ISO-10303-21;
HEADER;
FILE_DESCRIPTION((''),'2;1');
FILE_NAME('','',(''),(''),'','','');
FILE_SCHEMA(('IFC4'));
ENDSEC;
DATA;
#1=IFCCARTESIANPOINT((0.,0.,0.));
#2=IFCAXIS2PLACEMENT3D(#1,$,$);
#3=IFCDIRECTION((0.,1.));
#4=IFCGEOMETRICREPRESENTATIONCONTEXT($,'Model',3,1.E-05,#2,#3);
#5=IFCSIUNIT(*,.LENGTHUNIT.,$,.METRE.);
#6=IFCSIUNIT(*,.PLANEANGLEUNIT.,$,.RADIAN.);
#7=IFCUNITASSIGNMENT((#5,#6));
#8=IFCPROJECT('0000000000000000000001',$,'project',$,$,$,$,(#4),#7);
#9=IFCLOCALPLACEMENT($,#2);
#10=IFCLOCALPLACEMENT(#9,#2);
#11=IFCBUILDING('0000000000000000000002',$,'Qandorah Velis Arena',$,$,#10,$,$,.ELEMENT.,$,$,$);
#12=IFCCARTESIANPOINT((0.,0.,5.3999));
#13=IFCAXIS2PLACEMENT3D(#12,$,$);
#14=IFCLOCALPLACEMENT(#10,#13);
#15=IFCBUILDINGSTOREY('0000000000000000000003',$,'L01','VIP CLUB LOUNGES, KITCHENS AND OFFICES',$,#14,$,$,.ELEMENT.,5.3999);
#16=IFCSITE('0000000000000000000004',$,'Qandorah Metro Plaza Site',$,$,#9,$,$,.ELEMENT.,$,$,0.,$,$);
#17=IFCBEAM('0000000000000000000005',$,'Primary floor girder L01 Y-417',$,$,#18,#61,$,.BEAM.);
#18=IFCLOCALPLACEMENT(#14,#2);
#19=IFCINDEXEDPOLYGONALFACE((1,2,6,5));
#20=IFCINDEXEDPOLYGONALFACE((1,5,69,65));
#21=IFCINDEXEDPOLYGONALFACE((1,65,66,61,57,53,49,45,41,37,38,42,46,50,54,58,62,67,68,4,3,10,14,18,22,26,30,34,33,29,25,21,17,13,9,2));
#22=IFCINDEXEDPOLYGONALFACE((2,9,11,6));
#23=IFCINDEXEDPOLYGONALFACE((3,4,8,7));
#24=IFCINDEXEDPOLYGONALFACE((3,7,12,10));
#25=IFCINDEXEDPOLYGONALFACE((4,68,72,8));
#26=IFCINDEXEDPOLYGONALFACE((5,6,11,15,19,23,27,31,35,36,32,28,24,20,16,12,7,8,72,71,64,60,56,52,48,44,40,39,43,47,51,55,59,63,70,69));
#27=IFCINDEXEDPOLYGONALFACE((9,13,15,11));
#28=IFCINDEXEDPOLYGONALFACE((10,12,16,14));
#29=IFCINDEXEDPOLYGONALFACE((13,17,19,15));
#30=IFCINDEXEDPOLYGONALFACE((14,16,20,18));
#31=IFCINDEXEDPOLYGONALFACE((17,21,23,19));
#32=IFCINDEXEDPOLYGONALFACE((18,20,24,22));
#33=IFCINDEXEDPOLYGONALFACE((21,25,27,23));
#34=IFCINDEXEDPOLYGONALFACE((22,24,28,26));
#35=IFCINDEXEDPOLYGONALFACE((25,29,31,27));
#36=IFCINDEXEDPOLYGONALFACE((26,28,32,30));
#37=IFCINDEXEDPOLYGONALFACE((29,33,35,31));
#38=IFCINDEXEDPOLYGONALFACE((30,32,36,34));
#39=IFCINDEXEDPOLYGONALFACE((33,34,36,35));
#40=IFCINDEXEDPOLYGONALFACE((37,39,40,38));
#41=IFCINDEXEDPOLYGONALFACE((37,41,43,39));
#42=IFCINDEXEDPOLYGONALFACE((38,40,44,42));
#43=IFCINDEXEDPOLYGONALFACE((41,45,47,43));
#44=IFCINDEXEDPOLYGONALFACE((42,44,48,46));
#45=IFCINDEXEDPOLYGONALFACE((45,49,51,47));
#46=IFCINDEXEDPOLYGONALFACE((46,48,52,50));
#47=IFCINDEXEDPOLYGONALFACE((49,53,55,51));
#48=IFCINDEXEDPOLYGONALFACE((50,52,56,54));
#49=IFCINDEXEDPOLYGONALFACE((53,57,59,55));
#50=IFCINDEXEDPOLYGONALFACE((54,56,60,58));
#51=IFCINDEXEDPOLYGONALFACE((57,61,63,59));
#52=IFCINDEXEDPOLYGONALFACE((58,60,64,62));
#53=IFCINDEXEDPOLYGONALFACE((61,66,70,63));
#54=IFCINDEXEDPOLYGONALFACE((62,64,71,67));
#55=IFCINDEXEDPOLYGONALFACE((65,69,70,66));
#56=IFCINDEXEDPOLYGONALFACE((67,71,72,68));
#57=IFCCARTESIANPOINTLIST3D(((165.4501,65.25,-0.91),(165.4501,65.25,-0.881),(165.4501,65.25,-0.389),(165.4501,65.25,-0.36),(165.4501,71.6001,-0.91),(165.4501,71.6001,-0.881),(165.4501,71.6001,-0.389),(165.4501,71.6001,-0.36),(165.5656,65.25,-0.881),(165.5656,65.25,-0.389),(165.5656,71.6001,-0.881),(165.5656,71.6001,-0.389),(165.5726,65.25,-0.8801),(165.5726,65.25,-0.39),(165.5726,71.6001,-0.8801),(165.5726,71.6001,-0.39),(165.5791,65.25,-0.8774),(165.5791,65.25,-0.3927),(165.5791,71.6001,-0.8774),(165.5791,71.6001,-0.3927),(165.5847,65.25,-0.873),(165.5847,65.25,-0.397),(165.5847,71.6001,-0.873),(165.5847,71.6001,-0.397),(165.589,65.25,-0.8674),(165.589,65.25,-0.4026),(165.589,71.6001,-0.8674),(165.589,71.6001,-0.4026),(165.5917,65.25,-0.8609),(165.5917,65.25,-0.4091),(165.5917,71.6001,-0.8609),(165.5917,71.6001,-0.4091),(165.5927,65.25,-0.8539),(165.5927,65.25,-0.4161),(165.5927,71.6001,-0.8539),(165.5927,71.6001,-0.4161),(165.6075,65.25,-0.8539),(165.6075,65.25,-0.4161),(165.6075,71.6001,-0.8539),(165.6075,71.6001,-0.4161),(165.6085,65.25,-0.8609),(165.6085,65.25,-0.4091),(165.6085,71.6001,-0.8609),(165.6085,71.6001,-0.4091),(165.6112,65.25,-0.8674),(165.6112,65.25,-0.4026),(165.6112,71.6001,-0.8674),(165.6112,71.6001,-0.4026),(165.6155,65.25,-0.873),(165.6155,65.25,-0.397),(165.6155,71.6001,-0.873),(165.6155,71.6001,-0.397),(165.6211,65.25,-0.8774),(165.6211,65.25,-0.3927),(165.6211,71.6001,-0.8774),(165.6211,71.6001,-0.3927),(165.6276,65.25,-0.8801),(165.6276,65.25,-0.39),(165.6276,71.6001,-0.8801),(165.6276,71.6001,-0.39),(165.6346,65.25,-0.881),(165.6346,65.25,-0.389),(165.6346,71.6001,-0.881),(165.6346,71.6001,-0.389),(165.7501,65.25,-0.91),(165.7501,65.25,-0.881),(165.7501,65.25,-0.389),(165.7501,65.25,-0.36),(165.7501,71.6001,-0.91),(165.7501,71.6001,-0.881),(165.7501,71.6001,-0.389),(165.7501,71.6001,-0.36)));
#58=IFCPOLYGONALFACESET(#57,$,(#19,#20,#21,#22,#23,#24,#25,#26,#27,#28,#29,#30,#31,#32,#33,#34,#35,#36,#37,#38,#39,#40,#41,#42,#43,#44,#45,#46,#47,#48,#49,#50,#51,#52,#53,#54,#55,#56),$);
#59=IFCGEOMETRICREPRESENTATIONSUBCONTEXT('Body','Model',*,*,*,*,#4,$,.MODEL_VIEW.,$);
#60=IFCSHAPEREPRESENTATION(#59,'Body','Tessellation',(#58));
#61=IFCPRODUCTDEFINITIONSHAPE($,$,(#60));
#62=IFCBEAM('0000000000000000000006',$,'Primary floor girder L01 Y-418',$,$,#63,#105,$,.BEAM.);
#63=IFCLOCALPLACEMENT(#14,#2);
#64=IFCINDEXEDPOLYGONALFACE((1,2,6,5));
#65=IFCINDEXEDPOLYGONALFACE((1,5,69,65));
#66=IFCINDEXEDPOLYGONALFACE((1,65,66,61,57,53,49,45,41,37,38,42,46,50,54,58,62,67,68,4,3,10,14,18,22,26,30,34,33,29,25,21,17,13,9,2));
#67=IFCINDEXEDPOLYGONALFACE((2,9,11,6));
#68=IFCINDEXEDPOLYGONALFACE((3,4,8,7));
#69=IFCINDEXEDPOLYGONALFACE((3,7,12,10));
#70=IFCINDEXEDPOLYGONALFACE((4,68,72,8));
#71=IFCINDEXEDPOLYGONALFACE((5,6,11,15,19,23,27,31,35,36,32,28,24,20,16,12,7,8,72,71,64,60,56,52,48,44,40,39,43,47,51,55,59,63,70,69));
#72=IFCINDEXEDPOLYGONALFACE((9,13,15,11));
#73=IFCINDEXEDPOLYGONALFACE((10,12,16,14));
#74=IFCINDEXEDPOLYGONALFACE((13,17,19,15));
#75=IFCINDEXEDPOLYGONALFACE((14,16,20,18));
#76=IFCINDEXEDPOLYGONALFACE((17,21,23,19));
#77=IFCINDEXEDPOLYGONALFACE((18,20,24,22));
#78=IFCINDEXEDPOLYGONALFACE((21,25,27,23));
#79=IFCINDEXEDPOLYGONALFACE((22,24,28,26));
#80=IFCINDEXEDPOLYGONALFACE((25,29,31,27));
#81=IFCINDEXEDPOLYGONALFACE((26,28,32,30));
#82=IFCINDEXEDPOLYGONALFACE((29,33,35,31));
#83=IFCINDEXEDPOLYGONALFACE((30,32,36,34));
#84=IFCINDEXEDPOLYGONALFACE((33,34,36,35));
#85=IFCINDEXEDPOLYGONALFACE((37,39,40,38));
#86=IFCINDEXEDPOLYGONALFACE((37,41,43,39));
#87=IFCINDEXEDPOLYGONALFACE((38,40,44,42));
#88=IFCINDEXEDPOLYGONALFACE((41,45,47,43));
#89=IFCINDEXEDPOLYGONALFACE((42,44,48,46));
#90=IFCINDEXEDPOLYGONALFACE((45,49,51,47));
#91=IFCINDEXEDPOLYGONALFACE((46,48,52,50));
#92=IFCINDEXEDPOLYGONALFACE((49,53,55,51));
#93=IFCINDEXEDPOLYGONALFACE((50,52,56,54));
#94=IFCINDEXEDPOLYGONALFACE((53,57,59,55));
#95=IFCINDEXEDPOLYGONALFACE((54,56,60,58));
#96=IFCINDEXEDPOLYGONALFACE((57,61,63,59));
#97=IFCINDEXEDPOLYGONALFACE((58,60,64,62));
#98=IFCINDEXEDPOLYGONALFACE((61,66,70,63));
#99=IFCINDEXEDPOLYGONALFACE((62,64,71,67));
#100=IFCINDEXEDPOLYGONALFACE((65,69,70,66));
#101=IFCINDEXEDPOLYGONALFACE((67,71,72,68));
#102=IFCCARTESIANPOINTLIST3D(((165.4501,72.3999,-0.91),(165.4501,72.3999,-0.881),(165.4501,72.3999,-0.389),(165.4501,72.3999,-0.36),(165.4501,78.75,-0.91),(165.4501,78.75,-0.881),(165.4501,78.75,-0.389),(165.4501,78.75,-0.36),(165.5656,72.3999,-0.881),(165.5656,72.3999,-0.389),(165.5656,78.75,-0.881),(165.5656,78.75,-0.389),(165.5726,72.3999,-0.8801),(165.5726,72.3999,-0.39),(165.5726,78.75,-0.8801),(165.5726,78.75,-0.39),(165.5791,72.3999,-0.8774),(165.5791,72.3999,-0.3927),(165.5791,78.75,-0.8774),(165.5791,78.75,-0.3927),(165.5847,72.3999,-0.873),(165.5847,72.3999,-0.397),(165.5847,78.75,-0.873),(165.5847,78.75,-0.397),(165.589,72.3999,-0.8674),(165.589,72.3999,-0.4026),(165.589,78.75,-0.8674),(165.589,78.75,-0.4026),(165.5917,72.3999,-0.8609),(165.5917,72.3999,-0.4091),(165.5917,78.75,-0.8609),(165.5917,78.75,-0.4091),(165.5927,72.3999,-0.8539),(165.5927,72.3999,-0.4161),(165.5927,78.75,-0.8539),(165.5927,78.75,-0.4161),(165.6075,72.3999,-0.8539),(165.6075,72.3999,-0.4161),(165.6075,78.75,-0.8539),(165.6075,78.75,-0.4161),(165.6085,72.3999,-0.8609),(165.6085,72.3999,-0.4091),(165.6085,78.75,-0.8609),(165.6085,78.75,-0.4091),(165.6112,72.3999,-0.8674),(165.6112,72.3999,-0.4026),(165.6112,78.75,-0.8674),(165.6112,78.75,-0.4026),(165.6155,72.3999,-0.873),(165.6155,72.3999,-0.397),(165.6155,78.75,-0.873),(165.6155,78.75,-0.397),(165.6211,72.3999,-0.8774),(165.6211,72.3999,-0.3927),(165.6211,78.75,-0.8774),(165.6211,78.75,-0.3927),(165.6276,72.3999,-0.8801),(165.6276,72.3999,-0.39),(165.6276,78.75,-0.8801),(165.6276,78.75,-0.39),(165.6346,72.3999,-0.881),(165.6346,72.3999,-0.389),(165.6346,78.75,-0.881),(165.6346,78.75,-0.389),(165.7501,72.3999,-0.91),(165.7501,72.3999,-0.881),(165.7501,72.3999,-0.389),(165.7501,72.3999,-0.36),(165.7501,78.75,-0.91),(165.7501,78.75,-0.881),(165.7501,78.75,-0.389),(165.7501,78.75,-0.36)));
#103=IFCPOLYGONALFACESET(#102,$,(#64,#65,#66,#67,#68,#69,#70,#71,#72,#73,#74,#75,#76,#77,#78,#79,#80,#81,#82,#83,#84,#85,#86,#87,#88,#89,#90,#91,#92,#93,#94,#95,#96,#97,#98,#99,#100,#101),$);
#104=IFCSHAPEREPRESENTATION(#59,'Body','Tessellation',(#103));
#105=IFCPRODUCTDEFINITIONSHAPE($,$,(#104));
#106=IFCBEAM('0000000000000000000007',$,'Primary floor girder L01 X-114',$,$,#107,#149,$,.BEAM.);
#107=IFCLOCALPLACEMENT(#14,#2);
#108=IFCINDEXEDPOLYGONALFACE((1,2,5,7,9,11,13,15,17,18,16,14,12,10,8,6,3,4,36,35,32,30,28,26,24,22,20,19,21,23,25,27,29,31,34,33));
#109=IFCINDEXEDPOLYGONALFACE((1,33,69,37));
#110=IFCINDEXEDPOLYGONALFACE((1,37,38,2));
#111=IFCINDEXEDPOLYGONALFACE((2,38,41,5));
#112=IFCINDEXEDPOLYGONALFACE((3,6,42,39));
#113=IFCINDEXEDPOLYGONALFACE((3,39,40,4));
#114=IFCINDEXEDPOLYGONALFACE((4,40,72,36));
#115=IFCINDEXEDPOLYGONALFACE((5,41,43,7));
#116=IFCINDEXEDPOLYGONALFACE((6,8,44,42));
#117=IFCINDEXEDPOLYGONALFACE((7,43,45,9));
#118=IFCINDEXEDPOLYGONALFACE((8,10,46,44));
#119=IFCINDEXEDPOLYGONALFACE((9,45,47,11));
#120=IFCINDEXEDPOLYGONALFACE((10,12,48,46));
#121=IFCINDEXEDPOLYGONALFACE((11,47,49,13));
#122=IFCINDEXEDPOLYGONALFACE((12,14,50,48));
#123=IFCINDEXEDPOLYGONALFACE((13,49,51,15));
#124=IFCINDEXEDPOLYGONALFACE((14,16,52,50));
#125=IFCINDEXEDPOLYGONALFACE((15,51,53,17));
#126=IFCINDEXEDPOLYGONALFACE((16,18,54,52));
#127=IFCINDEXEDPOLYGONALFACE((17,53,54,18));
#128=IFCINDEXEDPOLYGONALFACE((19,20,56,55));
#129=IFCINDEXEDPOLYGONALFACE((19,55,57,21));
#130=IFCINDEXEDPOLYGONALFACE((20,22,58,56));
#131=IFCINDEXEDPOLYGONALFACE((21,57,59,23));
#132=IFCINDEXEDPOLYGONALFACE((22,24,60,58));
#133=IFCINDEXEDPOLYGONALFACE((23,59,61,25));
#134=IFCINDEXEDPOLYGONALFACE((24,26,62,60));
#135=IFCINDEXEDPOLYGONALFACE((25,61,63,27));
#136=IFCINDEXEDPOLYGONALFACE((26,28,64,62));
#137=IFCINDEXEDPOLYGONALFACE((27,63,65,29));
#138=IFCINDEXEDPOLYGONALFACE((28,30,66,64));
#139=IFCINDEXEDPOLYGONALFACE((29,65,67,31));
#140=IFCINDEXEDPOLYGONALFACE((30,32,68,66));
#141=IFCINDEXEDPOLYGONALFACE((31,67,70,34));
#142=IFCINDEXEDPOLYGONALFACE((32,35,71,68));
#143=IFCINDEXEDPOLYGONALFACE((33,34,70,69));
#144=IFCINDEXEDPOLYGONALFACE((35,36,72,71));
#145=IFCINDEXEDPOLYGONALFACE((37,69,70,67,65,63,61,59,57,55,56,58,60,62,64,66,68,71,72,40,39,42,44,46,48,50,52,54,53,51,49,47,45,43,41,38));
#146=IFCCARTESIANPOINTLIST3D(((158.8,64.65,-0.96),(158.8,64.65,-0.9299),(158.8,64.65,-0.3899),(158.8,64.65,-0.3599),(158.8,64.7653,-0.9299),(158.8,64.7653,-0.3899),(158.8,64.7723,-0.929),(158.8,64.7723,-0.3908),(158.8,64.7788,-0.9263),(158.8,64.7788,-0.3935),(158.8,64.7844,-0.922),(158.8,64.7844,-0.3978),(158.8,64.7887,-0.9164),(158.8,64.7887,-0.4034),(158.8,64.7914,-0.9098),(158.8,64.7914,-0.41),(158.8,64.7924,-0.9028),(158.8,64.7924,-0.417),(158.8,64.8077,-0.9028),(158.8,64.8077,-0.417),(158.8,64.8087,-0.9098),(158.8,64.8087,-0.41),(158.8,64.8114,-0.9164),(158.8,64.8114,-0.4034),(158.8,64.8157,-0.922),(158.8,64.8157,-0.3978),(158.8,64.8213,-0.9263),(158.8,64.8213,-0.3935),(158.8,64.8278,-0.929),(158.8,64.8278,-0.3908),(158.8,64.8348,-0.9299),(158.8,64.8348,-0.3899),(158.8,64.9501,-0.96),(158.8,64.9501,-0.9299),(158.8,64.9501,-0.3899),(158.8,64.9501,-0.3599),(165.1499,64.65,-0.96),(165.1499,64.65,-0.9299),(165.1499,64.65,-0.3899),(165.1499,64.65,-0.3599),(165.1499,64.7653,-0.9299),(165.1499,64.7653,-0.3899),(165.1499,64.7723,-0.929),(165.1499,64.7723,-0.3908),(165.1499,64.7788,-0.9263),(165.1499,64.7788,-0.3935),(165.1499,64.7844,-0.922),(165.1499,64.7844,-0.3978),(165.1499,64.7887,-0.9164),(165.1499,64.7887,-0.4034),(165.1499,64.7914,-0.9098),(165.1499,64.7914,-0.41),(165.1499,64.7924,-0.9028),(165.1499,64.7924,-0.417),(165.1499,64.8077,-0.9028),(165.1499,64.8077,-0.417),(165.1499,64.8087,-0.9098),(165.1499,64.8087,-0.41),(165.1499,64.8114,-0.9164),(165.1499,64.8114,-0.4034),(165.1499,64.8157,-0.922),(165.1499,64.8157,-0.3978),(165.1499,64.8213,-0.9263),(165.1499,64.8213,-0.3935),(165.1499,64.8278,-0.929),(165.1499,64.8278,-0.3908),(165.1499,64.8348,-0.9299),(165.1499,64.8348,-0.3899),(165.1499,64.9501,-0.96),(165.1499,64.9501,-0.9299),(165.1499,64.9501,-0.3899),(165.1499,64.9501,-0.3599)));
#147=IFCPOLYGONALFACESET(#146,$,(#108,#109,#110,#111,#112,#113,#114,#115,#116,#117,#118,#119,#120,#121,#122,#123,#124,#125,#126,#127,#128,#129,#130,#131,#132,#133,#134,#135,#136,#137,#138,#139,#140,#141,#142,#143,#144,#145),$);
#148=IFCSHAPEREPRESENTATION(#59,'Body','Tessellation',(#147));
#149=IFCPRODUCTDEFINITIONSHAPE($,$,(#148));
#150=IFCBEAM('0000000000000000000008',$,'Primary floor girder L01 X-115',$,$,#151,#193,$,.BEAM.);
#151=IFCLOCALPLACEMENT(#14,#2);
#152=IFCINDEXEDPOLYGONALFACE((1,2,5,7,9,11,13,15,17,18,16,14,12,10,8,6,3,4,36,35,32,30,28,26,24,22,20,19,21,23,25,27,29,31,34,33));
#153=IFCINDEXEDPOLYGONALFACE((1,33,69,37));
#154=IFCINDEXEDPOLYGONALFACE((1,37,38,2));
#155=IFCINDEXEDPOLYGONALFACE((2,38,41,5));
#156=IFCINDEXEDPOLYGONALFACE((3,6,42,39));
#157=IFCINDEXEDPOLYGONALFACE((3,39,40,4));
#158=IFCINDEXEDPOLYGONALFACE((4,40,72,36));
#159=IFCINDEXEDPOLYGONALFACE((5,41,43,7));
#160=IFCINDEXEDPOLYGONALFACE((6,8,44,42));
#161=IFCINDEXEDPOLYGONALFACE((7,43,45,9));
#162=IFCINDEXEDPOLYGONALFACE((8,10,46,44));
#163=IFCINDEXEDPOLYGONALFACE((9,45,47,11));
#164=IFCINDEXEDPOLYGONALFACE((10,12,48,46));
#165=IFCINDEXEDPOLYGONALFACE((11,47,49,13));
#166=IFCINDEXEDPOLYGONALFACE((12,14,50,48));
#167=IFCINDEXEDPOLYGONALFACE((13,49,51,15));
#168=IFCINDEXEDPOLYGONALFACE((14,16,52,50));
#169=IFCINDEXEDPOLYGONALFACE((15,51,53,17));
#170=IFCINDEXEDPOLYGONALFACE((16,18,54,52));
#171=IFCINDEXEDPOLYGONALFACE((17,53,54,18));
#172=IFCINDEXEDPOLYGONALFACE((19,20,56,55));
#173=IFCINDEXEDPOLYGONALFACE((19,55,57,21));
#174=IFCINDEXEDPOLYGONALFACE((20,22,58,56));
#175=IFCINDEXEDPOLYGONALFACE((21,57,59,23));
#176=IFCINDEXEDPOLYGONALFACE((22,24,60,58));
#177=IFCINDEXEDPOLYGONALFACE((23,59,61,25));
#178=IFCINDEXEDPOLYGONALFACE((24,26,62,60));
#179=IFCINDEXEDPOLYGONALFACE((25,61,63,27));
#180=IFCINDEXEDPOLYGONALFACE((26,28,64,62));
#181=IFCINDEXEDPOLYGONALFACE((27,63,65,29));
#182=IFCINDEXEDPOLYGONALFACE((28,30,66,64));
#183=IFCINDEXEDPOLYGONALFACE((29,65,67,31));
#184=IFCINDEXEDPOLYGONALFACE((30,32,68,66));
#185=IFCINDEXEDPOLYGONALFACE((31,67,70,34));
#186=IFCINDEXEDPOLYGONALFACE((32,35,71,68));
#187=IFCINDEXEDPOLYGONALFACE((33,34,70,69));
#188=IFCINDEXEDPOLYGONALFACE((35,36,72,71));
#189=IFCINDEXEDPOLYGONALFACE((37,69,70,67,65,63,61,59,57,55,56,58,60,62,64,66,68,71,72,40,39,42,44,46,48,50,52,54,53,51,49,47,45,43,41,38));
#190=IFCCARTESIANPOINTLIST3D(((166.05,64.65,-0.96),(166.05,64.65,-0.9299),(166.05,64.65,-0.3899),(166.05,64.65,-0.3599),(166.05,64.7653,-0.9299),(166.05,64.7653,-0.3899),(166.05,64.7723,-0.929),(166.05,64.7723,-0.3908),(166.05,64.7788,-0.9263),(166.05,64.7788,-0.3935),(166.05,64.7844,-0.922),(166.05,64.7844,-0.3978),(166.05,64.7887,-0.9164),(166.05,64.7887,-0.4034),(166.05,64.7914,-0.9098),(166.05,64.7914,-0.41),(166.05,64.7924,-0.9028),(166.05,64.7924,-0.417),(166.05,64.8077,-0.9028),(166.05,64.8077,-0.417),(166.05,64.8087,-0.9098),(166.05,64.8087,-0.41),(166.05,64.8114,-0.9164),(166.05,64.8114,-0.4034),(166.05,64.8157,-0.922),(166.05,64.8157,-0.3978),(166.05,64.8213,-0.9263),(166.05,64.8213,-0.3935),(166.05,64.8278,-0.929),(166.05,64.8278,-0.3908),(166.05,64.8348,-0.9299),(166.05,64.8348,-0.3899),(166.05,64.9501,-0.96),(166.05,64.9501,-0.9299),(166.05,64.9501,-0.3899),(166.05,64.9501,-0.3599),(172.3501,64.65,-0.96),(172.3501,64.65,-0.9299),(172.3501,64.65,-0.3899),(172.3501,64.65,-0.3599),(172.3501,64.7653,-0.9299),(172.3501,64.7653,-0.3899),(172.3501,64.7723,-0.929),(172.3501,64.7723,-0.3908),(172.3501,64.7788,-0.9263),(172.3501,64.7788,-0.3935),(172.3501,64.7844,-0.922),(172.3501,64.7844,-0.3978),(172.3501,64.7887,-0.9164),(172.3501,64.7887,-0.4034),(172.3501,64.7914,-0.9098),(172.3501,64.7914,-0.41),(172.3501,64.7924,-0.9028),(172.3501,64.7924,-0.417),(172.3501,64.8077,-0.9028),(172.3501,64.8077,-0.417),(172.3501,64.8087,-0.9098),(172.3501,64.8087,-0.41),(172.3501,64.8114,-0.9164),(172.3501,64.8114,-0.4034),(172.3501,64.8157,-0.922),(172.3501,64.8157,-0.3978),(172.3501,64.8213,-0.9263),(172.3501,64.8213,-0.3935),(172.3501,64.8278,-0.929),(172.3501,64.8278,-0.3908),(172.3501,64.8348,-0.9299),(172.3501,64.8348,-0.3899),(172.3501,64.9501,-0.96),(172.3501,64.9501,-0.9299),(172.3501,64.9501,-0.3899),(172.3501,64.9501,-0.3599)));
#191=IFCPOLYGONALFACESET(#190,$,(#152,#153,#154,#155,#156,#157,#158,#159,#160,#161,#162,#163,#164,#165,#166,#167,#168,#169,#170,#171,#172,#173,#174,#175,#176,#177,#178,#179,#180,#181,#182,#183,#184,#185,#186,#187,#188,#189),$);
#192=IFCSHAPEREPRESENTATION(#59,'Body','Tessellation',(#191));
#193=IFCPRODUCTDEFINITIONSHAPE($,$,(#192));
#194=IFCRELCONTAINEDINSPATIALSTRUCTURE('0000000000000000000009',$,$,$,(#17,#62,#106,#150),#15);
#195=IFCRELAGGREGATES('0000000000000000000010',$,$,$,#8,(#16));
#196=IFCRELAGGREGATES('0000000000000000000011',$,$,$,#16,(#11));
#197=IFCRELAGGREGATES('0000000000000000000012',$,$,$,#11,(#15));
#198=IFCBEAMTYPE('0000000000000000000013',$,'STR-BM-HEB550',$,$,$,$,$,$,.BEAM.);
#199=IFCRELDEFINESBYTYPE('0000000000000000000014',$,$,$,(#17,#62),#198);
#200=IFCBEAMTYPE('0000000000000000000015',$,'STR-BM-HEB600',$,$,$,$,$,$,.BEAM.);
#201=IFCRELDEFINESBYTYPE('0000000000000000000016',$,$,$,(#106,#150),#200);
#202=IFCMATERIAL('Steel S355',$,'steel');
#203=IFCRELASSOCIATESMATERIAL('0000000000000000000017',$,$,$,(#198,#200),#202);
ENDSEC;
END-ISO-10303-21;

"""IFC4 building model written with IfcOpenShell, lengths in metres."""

from ifc_helpers import new_model, si_unit, direction, frame, origin, origin_2d, place, context, subcontext, project, spatial, i_section, extrude, material, material_profile, profile_set, type_object, element, save


model = new_model("IFC4")

# Units and contexts
model_context = context("Model", 3, precision=1e-05, world=origin(), true_north=direction((0.0, 1.0)))
body_context = subcontext(model_context, "Body", "Model", "MODEL_VIEW")
ifc_project = project(units=[si_unit("LENGTHUNIT", "METRE"), si_unit("PLANEANGLEUNIT", "RADIAN")], contexts=[model_context])

# Site, building, storey
site_placement = place(None, origin())
site = spatial("IfcSite", under=ifc_project, at=site_placement, Name="Qandorah Metro Plaza Site", CompositionType="ELEMENT", RefElevation=0.0)
building_placement = place(site_placement, origin())
building = spatial("IfcBuilding", under=site, at=building_placement, Name="Qandorah Velis Arena", CompositionType="ELEMENT")
storey_placement = place(building_placement, frame((0.0, 0.0, 5.3999)))
storey = spatial("IfcBuildingStorey", under=building, at=storey_placement, Name="L01", Description="VIP CLUB LOUNGES, KITCHENS AND OFFICES", CompositionType="ELEMENT", Elevation=5.3999)

# Beams
ifc_material_1 = material(Name="Steel S355", Category="steel")
ifc_material_profile_1 = material_profile(ifc_material_1, i_section(OverallWidth=0.3, OverallDepth=0.55, WebThickness=0.0149, FlangeThickness=0.0291, FilletRadius=0.0271, at=origin_2d()), Name="HEB 550")
ifc_profile_set_1 = profile_set([ifc_material_profile_1], Name="Steel S355")
beam_type_1 = type_object("IfcBeamType", Name="STR-BM-HEB550", PredefinedType="BEAM", material=ifc_profile_set_1)
for number, where, z_axis, x_axis, name in (
    (1, (165.6001, 65.25, -0.635), (0.0, 1.0, 0.0), (-1.0, 0.0, 0.0), "Primary floor girder L01 Y-417"),
    (2, (165.6001, 72.3999, -0.635), (0.0, 1.0, 0.0), (-1.0, 0.0, 0.0), "Primary floor girder L01 Y-418"),
):
    element("IfcBeam", number, at=place(storey_placement, frame(where, z_axis=z_axis, x_axis=x_axis)), inside=storey, type_object=beam_type_1, Name=name, PredefinedType="BEAM", context=body_context, shape_type="SweptSolid", body=[
        extrude(i_section(OverallWidth=0.3, OverallDepth=0.55, WebThickness=0.0149, FlangeThickness=0.0291, FilletRadius=0.0271, at=origin_2d()), origin(), (0.0, 0.0, 1.0), 6.3501),
    ])
ifc_material_profile_2 = material_profile(ifc_material_1, i_section(OverallWidth=0.3, OverallDepth=0.6001, WebThickness=0.0154, FlangeThickness=0.03, FilletRadius=0.0271, at=origin_2d()), Name="HEB 600")
ifc_profile_set_2 = profile_set([ifc_material_profile_2], Name="Steel S355")
beam_type_2 = type_object("IfcBeamType", Name="STR-BM-HEB600", PredefinedType="BEAM", material=ifc_profile_set_2)
beam_1_placement = place(storey_placement, frame((158.8, 64.8, -0.6599), z_axis=(1.0, 0.0, 0.0), x_axis=(0.0, 1.0, 0.0)))
element("IfcBeam", 3, at=beam_1_placement, inside=storey, type_object=beam_type_2, Name="Primary floor girder L01 X-114", PredefinedType="BEAM", context=body_context, shape_type="SweptSolid", body=[
    extrude(i_section(OverallWidth=0.3, OverallDepth=0.6001, WebThickness=0.0154, FlangeThickness=0.03, FilletRadius=0.0271, at=origin_2d()), origin(), (0.0, 0.0, 1.0), 6.3499),
])
beam_2_placement = place(storey_placement, frame((166.05, 64.8, -0.6599), z_axis=(1.0, 0.0, 0.0), x_axis=(0.0, 1.0, 0.0)))
element("IfcBeam", 4, at=beam_2_placement, inside=storey, type_object=beam_type_2, Name="Primary floor girder L01 X-115", PredefinedType="BEAM", context=body_context, shape_type="SweptSolid", body=[
    extrude(i_section(OverallWidth=0.3, OverallDepth=0.6001, WebThickness=0.0154, FlangeThickness=0.03, FilletRadius=0.0271, at=origin_2d()), origin(), (0.0, 0.0, 1.0), 6.3),
])

save(model, "model.ifc")
